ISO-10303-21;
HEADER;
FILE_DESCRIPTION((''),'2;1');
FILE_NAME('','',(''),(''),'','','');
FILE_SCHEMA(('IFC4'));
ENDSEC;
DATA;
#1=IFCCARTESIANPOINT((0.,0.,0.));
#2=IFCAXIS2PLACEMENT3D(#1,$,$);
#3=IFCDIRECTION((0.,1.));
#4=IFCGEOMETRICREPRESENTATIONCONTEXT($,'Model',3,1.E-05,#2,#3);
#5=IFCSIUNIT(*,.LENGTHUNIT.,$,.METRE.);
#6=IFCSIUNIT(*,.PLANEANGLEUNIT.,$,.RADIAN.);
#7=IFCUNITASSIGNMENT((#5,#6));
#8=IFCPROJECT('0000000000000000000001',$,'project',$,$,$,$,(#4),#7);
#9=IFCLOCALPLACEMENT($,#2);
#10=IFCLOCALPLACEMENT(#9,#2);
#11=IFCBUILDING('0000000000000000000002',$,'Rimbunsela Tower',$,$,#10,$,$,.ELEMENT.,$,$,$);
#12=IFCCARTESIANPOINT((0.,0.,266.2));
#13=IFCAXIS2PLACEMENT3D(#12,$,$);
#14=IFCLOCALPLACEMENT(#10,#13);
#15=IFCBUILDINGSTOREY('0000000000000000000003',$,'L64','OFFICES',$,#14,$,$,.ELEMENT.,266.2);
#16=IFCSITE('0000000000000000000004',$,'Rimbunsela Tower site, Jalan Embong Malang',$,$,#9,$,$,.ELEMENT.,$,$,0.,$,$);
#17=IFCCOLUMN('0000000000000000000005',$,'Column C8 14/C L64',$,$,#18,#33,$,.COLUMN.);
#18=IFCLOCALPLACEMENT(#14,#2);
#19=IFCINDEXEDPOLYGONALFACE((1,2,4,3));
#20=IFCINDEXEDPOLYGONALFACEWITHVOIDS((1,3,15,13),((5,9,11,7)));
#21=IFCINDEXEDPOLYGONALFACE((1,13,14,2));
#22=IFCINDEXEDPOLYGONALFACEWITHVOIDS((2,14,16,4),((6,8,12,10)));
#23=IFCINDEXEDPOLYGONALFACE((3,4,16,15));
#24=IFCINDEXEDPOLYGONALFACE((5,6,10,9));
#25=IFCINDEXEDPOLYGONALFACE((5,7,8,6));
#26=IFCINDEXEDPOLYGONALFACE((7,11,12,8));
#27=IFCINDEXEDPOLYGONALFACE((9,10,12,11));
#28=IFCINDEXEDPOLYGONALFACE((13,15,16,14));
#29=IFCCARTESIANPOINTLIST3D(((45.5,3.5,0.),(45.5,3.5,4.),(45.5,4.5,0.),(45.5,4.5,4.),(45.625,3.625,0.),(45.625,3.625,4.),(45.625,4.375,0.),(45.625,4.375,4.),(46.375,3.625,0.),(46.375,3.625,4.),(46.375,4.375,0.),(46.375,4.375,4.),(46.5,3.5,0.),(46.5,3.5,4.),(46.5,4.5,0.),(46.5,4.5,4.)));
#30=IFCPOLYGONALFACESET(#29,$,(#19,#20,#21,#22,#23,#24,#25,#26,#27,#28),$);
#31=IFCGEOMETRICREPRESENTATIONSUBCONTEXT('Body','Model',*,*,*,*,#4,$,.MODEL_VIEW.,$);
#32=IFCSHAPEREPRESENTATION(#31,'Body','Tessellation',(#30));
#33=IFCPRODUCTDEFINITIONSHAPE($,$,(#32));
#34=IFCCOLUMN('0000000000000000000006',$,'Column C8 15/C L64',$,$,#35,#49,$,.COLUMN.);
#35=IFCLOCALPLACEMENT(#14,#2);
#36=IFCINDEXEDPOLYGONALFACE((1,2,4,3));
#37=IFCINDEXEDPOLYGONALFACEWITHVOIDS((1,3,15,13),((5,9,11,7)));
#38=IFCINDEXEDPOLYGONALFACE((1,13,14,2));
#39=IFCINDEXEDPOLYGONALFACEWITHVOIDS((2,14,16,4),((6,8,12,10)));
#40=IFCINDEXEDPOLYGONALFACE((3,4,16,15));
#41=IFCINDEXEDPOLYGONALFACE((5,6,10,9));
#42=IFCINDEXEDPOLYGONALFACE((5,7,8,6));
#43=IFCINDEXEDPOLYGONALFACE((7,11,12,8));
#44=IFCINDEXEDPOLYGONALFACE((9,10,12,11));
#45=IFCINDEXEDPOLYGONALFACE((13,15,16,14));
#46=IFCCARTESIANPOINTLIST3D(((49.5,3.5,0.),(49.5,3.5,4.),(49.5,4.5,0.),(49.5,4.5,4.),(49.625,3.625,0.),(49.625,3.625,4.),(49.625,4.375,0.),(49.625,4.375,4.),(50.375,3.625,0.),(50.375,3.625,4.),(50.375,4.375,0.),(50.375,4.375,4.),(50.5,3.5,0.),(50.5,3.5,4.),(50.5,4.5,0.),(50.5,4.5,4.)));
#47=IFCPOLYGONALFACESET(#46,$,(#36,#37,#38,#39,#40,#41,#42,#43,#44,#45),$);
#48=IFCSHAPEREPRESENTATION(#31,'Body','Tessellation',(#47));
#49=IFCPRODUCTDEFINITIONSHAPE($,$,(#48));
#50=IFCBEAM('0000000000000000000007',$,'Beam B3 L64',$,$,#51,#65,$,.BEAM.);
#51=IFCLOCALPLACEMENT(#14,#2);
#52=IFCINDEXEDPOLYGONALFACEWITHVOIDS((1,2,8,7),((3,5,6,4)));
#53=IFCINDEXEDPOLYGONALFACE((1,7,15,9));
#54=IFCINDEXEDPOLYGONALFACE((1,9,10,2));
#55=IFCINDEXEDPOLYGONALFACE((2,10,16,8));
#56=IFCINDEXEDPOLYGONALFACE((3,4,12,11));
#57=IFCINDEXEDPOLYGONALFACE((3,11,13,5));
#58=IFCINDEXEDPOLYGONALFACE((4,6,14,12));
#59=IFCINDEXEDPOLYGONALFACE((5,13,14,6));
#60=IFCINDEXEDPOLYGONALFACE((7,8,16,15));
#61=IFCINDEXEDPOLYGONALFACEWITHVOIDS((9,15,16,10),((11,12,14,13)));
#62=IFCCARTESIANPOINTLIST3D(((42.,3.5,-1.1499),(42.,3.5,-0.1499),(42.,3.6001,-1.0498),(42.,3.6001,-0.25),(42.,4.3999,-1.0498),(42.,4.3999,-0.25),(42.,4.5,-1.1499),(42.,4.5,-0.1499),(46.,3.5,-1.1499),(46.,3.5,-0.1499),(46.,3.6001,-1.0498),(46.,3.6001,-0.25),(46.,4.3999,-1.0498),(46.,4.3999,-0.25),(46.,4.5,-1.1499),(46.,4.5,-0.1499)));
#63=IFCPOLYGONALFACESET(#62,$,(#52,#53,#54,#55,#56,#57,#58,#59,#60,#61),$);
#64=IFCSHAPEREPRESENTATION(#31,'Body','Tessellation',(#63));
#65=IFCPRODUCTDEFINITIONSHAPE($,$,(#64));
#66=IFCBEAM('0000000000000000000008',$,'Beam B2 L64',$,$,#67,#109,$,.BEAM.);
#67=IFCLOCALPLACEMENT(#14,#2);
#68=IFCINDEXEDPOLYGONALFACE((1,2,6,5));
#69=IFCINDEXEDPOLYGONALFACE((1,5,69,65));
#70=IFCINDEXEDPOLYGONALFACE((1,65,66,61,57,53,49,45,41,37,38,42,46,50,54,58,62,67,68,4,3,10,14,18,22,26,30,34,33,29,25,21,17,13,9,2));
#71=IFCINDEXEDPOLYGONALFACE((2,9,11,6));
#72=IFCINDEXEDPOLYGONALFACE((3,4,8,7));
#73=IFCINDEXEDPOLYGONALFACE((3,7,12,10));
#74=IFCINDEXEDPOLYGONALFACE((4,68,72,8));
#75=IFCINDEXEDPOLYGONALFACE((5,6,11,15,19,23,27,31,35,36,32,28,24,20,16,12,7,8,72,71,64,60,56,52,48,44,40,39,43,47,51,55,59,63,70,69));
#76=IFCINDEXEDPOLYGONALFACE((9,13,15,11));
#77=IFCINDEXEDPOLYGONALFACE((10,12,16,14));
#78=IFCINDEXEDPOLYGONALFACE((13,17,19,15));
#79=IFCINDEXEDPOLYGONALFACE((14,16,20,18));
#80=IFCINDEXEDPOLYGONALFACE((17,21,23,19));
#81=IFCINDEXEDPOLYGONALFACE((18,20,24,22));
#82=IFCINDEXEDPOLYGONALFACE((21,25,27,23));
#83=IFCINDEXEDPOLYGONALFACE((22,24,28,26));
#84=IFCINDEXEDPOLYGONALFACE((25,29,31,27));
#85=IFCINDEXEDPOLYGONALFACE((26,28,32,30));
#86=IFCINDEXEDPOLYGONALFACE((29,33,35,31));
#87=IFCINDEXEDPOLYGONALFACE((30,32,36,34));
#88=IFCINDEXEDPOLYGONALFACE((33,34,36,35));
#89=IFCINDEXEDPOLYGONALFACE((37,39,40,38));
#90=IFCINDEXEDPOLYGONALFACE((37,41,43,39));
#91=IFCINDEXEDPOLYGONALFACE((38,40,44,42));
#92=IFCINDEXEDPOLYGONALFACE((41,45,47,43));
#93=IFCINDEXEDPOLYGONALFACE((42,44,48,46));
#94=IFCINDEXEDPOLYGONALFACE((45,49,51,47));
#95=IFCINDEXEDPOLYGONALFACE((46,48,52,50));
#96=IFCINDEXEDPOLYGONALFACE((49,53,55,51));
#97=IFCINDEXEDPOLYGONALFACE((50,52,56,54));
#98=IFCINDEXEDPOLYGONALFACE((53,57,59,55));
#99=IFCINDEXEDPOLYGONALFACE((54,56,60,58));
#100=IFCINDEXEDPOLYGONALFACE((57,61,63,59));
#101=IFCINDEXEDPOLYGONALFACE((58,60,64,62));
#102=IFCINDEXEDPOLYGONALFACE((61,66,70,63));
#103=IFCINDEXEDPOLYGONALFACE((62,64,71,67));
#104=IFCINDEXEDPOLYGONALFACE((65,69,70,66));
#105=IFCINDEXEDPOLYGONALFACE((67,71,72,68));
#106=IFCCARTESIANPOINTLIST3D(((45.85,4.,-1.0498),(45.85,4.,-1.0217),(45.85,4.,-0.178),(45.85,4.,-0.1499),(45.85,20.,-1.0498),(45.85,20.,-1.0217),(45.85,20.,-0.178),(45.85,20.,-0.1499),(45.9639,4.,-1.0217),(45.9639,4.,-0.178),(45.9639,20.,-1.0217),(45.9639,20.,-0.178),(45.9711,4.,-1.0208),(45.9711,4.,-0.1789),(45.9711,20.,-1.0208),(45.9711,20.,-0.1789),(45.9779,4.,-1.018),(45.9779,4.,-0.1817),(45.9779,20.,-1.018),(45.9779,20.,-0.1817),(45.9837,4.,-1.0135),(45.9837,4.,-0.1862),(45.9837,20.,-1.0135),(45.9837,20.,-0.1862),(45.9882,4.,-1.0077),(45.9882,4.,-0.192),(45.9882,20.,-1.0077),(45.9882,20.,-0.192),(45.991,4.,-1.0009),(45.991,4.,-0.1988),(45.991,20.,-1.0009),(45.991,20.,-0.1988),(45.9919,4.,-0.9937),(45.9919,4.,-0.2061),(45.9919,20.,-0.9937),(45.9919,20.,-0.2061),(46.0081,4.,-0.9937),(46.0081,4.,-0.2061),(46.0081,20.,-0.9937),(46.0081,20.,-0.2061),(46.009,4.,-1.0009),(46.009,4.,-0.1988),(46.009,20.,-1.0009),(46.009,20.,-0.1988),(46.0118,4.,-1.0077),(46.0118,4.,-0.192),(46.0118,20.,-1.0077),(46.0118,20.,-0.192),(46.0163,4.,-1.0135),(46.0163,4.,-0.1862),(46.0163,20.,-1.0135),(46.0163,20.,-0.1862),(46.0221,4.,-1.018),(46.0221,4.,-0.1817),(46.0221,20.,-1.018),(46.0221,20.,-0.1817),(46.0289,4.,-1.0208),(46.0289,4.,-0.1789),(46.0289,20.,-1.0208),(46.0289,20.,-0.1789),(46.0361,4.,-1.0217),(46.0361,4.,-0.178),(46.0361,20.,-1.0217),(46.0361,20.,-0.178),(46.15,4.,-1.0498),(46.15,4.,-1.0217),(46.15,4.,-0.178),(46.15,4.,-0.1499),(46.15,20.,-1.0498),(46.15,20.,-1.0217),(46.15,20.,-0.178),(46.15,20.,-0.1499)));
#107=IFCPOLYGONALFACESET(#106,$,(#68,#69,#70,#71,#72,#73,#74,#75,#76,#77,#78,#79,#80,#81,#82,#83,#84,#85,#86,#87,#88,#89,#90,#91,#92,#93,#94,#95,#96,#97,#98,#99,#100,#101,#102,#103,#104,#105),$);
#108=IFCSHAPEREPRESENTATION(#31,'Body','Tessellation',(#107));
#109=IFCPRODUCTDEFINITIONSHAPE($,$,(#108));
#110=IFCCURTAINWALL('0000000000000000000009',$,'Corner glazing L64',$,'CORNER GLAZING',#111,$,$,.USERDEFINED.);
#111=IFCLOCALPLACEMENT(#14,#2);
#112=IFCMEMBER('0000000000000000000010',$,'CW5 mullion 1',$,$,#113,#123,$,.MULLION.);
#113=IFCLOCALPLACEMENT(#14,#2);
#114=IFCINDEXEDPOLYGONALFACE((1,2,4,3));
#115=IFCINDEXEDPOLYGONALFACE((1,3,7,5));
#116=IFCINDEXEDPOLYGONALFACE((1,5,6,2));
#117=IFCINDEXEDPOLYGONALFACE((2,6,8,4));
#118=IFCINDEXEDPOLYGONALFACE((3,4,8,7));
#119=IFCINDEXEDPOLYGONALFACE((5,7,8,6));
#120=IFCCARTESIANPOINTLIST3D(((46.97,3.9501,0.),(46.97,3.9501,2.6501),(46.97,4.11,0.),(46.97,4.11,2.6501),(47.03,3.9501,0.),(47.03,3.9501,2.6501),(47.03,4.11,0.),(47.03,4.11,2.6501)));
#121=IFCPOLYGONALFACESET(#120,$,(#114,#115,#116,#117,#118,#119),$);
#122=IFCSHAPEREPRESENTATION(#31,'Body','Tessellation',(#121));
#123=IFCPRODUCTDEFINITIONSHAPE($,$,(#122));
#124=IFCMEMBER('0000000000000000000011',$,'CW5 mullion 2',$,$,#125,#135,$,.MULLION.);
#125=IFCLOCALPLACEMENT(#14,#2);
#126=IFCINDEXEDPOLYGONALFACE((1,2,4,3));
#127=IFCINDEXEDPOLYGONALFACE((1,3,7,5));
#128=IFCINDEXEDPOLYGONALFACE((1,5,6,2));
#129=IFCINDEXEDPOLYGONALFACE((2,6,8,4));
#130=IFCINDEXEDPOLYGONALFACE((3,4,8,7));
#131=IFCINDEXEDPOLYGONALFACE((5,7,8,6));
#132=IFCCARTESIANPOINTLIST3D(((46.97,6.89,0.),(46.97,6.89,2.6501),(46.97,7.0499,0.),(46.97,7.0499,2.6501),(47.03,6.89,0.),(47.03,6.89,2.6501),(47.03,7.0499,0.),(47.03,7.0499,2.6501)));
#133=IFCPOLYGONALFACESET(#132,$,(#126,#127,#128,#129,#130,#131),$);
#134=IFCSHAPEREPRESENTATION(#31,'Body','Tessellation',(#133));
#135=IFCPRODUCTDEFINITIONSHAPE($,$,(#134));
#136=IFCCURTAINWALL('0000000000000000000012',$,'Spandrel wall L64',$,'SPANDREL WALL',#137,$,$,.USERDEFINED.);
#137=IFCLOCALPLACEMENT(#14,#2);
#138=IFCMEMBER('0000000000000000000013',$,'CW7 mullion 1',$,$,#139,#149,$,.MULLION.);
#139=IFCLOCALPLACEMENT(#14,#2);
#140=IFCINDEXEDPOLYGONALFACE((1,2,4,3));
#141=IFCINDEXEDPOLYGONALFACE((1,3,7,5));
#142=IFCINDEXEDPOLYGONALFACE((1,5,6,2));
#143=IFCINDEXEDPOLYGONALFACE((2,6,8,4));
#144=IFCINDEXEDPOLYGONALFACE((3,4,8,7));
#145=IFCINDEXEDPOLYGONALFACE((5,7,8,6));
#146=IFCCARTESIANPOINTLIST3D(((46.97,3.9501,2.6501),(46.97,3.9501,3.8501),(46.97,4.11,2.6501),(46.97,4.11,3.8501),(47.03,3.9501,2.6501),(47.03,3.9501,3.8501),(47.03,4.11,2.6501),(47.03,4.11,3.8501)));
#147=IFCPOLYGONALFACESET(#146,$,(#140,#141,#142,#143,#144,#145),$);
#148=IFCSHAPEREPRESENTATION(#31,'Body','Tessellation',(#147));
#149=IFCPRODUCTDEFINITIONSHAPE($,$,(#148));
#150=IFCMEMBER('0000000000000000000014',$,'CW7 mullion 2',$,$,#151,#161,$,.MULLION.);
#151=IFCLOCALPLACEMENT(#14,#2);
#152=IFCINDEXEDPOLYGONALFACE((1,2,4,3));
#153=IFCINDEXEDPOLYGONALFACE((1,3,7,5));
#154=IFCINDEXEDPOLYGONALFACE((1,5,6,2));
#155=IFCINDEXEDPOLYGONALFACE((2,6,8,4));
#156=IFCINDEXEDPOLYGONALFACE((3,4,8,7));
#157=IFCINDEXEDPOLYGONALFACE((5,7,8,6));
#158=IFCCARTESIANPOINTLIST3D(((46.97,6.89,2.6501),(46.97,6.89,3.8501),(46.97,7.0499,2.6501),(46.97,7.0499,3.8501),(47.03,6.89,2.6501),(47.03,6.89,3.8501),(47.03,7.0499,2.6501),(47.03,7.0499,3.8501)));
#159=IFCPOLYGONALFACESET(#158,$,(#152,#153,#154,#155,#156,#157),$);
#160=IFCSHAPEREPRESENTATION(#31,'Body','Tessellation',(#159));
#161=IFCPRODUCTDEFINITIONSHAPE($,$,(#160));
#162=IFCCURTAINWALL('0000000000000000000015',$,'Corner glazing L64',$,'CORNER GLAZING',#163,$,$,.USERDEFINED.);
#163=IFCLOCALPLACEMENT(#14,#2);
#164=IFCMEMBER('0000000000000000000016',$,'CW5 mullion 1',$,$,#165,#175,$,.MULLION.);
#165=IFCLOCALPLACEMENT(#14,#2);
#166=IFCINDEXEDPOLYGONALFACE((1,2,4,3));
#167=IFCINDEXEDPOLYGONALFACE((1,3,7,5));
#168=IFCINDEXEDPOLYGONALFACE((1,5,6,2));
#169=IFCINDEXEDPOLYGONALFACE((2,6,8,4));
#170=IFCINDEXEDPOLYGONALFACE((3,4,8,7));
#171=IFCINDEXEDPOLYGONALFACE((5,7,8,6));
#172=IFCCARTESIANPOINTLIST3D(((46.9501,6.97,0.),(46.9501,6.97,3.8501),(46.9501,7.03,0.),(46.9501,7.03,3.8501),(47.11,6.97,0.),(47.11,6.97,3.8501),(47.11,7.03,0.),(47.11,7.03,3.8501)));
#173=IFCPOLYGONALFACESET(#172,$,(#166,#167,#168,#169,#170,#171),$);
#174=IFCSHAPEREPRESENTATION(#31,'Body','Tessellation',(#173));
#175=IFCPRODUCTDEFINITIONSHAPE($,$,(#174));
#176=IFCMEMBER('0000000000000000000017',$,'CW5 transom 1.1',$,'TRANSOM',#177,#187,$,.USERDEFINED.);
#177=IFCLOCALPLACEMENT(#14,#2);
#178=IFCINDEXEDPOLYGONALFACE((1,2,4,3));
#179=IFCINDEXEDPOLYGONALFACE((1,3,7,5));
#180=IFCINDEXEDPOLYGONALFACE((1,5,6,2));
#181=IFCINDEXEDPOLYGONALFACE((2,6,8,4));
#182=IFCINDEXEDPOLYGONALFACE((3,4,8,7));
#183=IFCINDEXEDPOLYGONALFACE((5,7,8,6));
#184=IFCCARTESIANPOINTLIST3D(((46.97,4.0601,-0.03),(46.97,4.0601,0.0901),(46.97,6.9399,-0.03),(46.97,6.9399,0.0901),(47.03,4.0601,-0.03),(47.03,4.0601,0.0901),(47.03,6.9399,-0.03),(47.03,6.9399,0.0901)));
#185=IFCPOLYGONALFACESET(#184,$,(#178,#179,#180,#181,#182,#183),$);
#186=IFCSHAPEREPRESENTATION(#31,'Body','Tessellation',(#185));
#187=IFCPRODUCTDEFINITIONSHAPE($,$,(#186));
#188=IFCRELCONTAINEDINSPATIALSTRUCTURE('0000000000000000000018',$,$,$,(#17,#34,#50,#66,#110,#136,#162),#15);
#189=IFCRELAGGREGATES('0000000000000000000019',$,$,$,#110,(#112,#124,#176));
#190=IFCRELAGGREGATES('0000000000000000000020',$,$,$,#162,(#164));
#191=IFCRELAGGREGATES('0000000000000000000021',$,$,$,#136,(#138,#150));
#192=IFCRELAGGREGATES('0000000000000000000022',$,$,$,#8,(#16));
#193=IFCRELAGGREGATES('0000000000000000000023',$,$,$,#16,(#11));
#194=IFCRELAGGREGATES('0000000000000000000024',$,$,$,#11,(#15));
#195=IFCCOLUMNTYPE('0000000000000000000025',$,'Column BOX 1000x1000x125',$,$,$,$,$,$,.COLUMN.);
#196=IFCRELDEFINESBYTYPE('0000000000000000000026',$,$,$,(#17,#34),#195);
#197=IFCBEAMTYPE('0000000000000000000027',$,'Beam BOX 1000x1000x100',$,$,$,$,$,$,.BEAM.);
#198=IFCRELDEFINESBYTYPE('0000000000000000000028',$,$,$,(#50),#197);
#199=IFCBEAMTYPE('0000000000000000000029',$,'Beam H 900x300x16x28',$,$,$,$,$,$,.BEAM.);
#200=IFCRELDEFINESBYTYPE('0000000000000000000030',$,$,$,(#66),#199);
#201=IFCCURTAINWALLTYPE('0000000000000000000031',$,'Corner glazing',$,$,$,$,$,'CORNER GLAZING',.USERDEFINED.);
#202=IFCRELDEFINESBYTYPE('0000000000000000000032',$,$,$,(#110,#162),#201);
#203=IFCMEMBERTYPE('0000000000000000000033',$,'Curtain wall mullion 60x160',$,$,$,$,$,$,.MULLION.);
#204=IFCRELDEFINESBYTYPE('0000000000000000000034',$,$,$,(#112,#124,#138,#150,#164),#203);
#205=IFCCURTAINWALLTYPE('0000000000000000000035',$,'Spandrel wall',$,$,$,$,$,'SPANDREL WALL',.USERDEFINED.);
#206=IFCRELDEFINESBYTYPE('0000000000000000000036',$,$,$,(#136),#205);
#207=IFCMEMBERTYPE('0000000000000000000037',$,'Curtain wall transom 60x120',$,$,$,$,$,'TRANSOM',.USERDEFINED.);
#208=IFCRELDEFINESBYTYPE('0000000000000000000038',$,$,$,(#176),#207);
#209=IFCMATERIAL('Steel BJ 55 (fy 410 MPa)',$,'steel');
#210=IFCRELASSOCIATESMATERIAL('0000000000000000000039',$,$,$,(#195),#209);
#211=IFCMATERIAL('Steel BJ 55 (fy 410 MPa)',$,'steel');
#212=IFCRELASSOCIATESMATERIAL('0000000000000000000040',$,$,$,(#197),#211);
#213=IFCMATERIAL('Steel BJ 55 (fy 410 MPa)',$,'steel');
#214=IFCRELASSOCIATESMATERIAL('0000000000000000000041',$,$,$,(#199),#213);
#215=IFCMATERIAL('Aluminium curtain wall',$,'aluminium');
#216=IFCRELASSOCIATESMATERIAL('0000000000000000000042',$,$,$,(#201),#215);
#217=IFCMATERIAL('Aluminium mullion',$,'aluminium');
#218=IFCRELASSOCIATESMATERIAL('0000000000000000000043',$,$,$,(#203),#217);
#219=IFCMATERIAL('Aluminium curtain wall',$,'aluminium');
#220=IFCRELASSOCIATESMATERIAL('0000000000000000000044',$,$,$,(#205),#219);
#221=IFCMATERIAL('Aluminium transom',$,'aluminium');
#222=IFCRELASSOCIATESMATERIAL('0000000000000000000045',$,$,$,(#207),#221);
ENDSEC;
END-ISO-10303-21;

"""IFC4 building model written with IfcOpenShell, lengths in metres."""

from ifc_helpers import new_model, si_unit, direction, frame, origin, origin_2d, place, context, subcontext, project, spatial, rectangle, hollow_rectangle, i_section, extrude, material, material_profile, profile_set, type_object, element, aggregate, save


model = new_model("IFC4")

# Units and contexts
model_context = context("Model", 3, precision=1e-05, world=origin(), true_north=direction((0.0, 1.0)))
body_context = subcontext(model_context, "Body", "Model", "MODEL_VIEW")
ifc_project = project(units=[si_unit("LENGTHUNIT", "METRE"), si_unit("PLANEANGLEUNIT", "RADIAN")], contexts=[model_context])

# Site, building, storey
site_placement = place(None, origin())
site = spatial("IfcSite", under=ifc_project, at=site_placement, Name="Rimbunsela Tower site, Jalan Embong Malang", CompositionType="ELEMENT", RefElevation=0.0)
building_placement = place(site_placement, origin())
building = spatial("IfcBuilding", under=site, at=building_placement, Name="Rimbunsela Tower", CompositionType="ELEMENT")
storey_placement = place(building_placement, frame((0.0, 0.0, 266.2)))
storey = spatial("IfcBuildingStorey", under=building, at=storey_placement, Name="L64", Description="OFFICES", CompositionType="ELEMENT", Elevation=266.2)

# Columns
ifc_material_1 = material(Name="Steel BJ 55 (fy 410 MPa)", Category="steel")
ifc_material_profile_1 = material_profile(ifc_material_1, hollow_rectangle(XDim=1.0, YDim=1.0, WallThickness=0.125, at=origin_2d()), Name="BOX 1000x1000x125")
ifc_profile_set_1 = profile_set([ifc_material_profile_1], Name="Steel BJ 55 (fy 410 MPa)")
column_type = type_object("IfcColumnType", Name="Column BOX 1000x1000x125", PredefinedType="COLUMN", material=ifc_profile_set_1)
for number, where, z_axis, x_axis, name in (
    (1, (46.0, 4.0, 0.0), (0.0, 0.0, 1.0), (1.0, 0.0, 0.0), "Column C8 14/C L64"),
    (2, (50.0, 4.0, 0.0), (0.0, 0.0, 1.0), (1.0, 0.0, 0.0), "Column C8 15/C L64"),
):
    element("IfcColumn", number, at=place(storey_placement, frame(where, z_axis=z_axis, x_axis=x_axis)), inside=storey, type_object=column_type, Name=name, PredefinedType="COLUMN", context=body_context, shape_type="SweptSolid", body=[
        extrude(hollow_rectangle(XDim=1.0, YDim=1.0, WallThickness=0.125, at=origin_2d()), origin(), (0.0, 0.0, 1.0), 4.0),
    ])

# Beams
ifc_material_2 = material(Name="Steel BJ 55 (fy 410 MPa)", Category="steel")
ifc_material_profile_2 = material_profile(ifc_material_2, hollow_rectangle(XDim=1.0, YDim=1.0, WallThickness=0.1001, at=origin_2d()), Name="BOX 1000x1000x100")
ifc_profile_set_2 = profile_set([ifc_material_profile_2], Name="Steel BJ 55 (fy 410 MPa)")
beam_type_1 = type_object("IfcBeamType", Name="Beam BOX 1000x1000x100", PredefinedType="BEAM", material=ifc_profile_set_2)
beam_1_placement = place(storey_placement, frame((42.0, 4.0, -0.6499), z_axis=(1.0, 0.0, 0.0), x_axis=(0.0, 1.0, 0.0)))
element("IfcBeam", 3, at=beam_1_placement, inside=storey, type_object=beam_type_1, Name="Beam B3 L64", PredefinedType="BEAM", context=body_context, shape_type="SweptSolid", body=[
    extrude(hollow_rectangle(XDim=1.0, YDim=1.0, WallThickness=0.1001, at=origin_2d()), origin(), (0.0, 0.0, 1.0), 4.0),
])
ifc_material_3 = material(Name="Steel BJ 55 (fy 410 MPa)", Category="steel")
ifc_material_profile_3 = material_profile(ifc_material_3, i_section(OverallWidth=0.3, OverallDepth=0.8999, WebThickness=0.0161, FlangeThickness=0.0281, FilletRadius=0.0281, at=origin_2d()), Name="H 900x300x16x28")
ifc_profile_set_3 = profile_set([ifc_material_profile_3], Name="Steel BJ 55 (fy 410 MPa)")
beam_type_2 = type_object("IfcBeamType", Name="Beam H 900x300x16x28", PredefinedType="BEAM", material=ifc_profile_set_3)
beam_2_placement = place(storey_placement, frame((46.0, 4.0, -0.5999), z_axis=(0.0, 1.0, 0.0), x_axis=(-1.0, 0.0, 0.0)))
element("IfcBeam", 4, at=beam_2_placement, inside=storey, type_object=beam_type_2, Name="Beam B2 L64", PredefinedType="BEAM", context=body_context, shape_type="SweptSolid", body=[
    extrude(i_section(OverallWidth=0.3, OverallDepth=0.8999, WebThickness=0.0161, FlangeThickness=0.0281, FilletRadius=0.0281, at=origin_2d()), origin(), (0.0, 0.0, 1.0), 16.0),
])

# Curtain walls, members
ifc_material_4 = material(Name="Aluminium curtain wall", Category="aluminium")
curtain_wall_type_1 = type_object("IfcCurtainWallType", Name="Corner glazing", ElementType="CORNER GLAZING", PredefinedType="USERDEFINED", material=ifc_material_4)
curtain_wall_1_placement = place(storey_placement, origin())
curtain_wall_1 = element("IfcCurtainWall", 5, at=curtain_wall_1_placement, inside=storey, type_object=curtain_wall_type_1, Name="Corner glazing L64", ObjectType="CORNER GLAZING", PredefinedType="USERDEFINED")
ifc_material_5 = material(Name="Aluminium mullion", Category="aluminium")
ifc_material_profile_4 = material_profile(ifc_material_5, rectangle(XDim=0.0601, YDim=0.1599, at=origin_2d()), Name="Mullion 60x160")
ifc_profile_set_4 = profile_set([ifc_material_profile_4], Name="Aluminium mullion")
member_type_1 = type_object("IfcMemberType", Name="Curtain wall mullion 60x160", PredefinedType="MULLION", material=ifc_profile_set_4)
member_1_placement = place(storey_placement, frame((47.0, 4.03, 0.0), z_axis=(0.0, 0.0, 1.0), x_axis=(-1.0, 0.0, 0.0)))
member_1 = element("IfcMember", 6, at=member_1_placement, type_object=member_type_1, Name="CW5 mullion 1", PredefinedType="MULLION", context=body_context, shape_type="SweptSolid", body=[
    extrude(rectangle(XDim=0.0601, YDim=0.1599, at=origin_2d()), origin(), (0.0, 0.0, 1.0), 2.6501),
])
member_2_placement = place(storey_placement, frame((47.0, 6.97, 0.0), z_axis=(0.0, 0.0, 1.0), x_axis=(-1.0, 0.0, 0.0)))
member_2 = element("IfcMember", 7, at=member_2_placement, type_object=member_type_1, Name="CW5 mullion 2", PredefinedType="MULLION", context=body_context, shape_type="SweptSolid", body=[
    extrude(rectangle(XDim=0.0601, YDim=0.1599, at=origin_2d()), origin(), (0.0, 0.0, 1.0), 2.6501),
])
ifc_material_6 = material(Name="Aluminium curtain wall", Category="aluminium")
curtain_wall_type_2 = type_object("IfcCurtainWallType", Name="Spandrel wall", ElementType="SPANDREL WALL", PredefinedType="USERDEFINED", material=ifc_material_6)
curtain_wall_2_placement = place(storey_placement, origin())
curtain_wall_2 = element("IfcCurtainWall", 8, at=curtain_wall_2_placement, inside=storey, type_object=curtain_wall_type_2, Name="Spandrel wall L64", ObjectType="SPANDREL WALL", PredefinedType="USERDEFINED")
member_3_placement = place(storey_placement, frame((47.0, 4.03, 2.6501), z_axis=(0.0, 0.0, 1.0), x_axis=(-1.0, 0.0, 0.0)))
member_3 = element("IfcMember", 9, at=member_3_placement, type_object=member_type_1, Name="CW7 mullion 1", PredefinedType="MULLION", context=body_context, shape_type="SweptSolid", body=[
    extrude(rectangle(XDim=0.0601, YDim=0.1599, at=origin_2d()), origin(), (0.0, 0.0, 1.0), 1.2),
])
member_4_placement = place(storey_placement, frame((47.0, 6.97, 2.6501), z_axis=(0.0, 0.0, 1.0), x_axis=(-1.0, 0.0, 0.0)))
member_4 = element("IfcMember", 10, at=member_4_placement, type_object=member_type_1, Name="CW7 mullion 2", PredefinedType="MULLION", context=body_context, shape_type="SweptSolid", body=[
    extrude(rectangle(XDim=0.0601, YDim=0.1599, at=origin_2d()), origin(), (0.0, 0.0, 1.0), 1.2),
])

# Curtain wall, member
curtain_wall_3_placement = place(storey_placement, origin())
curtain_wall_3 = element("IfcCurtainWall", 11, at=curtain_wall_3_placement, inside=storey, type_object=curtain_wall_type_1, Name="Corner glazing L64", ObjectType="CORNER GLAZING", PredefinedType="USERDEFINED")
member_5_placement = place(storey_placement, frame((47.03, 7.0, 0.0), z_axis=(0.0, 0.0, 1.0), x_axis=(0.0, 1.0, 0.0)))
member_5 = element("IfcMember", 12, at=member_5_placement, type_object=member_type_1, Name="CW5 mullion 1", PredefinedType="MULLION", context=body_context, shape_type="SweptSolid", body=[
    extrude(rectangle(XDim=0.0601, YDim=0.1599, at=origin_2d()), origin(), (0.0, 0.0, 1.0), 3.8501),
])

# Member
ifc_material_7 = material(Name="Aluminium transom", Category="aluminium")
ifc_material_profile_5 = material_profile(ifc_material_7, rectangle(XDim=0.0601, YDim=0.1201, at=origin_2d()), Name="Transom 60x120")
ifc_profile_set_5 = profile_set([ifc_material_profile_5], Name="Aluminium transom")
member_type_2 = type_object("IfcMemberType", Name="Curtain wall transom 60x120", ElementType="TRANSOM", PredefinedType="USERDEFINED", material=ifc_profile_set_5)
member_6_placement = place(storey_placement, frame((47.0, 4.0601, 0.03), z_axis=(0.0, 1.0, 0.0), x_axis=(-1.0, 0.0, 0.0)))
member_6 = element("IfcMember", 13, at=member_6_placement, type_object=member_type_2, Name="CW5 transom 1.1", ObjectType="TRANSOM", PredefinedType="USERDEFINED", context=body_context, shape_type="SweptSolid", body=[
    extrude(rectangle(XDim=0.0601, YDim=0.1201, at=origin_2d()), origin(), (0.0, 0.0, 1.0), 2.8799),
])

aggregate(curtain_wall_1, [member_1, member_2, member_6])
aggregate(curtain_wall_3, [member_5])
aggregate(curtain_wall_2, [member_3, member_4])

save(model, "model.ifc")
